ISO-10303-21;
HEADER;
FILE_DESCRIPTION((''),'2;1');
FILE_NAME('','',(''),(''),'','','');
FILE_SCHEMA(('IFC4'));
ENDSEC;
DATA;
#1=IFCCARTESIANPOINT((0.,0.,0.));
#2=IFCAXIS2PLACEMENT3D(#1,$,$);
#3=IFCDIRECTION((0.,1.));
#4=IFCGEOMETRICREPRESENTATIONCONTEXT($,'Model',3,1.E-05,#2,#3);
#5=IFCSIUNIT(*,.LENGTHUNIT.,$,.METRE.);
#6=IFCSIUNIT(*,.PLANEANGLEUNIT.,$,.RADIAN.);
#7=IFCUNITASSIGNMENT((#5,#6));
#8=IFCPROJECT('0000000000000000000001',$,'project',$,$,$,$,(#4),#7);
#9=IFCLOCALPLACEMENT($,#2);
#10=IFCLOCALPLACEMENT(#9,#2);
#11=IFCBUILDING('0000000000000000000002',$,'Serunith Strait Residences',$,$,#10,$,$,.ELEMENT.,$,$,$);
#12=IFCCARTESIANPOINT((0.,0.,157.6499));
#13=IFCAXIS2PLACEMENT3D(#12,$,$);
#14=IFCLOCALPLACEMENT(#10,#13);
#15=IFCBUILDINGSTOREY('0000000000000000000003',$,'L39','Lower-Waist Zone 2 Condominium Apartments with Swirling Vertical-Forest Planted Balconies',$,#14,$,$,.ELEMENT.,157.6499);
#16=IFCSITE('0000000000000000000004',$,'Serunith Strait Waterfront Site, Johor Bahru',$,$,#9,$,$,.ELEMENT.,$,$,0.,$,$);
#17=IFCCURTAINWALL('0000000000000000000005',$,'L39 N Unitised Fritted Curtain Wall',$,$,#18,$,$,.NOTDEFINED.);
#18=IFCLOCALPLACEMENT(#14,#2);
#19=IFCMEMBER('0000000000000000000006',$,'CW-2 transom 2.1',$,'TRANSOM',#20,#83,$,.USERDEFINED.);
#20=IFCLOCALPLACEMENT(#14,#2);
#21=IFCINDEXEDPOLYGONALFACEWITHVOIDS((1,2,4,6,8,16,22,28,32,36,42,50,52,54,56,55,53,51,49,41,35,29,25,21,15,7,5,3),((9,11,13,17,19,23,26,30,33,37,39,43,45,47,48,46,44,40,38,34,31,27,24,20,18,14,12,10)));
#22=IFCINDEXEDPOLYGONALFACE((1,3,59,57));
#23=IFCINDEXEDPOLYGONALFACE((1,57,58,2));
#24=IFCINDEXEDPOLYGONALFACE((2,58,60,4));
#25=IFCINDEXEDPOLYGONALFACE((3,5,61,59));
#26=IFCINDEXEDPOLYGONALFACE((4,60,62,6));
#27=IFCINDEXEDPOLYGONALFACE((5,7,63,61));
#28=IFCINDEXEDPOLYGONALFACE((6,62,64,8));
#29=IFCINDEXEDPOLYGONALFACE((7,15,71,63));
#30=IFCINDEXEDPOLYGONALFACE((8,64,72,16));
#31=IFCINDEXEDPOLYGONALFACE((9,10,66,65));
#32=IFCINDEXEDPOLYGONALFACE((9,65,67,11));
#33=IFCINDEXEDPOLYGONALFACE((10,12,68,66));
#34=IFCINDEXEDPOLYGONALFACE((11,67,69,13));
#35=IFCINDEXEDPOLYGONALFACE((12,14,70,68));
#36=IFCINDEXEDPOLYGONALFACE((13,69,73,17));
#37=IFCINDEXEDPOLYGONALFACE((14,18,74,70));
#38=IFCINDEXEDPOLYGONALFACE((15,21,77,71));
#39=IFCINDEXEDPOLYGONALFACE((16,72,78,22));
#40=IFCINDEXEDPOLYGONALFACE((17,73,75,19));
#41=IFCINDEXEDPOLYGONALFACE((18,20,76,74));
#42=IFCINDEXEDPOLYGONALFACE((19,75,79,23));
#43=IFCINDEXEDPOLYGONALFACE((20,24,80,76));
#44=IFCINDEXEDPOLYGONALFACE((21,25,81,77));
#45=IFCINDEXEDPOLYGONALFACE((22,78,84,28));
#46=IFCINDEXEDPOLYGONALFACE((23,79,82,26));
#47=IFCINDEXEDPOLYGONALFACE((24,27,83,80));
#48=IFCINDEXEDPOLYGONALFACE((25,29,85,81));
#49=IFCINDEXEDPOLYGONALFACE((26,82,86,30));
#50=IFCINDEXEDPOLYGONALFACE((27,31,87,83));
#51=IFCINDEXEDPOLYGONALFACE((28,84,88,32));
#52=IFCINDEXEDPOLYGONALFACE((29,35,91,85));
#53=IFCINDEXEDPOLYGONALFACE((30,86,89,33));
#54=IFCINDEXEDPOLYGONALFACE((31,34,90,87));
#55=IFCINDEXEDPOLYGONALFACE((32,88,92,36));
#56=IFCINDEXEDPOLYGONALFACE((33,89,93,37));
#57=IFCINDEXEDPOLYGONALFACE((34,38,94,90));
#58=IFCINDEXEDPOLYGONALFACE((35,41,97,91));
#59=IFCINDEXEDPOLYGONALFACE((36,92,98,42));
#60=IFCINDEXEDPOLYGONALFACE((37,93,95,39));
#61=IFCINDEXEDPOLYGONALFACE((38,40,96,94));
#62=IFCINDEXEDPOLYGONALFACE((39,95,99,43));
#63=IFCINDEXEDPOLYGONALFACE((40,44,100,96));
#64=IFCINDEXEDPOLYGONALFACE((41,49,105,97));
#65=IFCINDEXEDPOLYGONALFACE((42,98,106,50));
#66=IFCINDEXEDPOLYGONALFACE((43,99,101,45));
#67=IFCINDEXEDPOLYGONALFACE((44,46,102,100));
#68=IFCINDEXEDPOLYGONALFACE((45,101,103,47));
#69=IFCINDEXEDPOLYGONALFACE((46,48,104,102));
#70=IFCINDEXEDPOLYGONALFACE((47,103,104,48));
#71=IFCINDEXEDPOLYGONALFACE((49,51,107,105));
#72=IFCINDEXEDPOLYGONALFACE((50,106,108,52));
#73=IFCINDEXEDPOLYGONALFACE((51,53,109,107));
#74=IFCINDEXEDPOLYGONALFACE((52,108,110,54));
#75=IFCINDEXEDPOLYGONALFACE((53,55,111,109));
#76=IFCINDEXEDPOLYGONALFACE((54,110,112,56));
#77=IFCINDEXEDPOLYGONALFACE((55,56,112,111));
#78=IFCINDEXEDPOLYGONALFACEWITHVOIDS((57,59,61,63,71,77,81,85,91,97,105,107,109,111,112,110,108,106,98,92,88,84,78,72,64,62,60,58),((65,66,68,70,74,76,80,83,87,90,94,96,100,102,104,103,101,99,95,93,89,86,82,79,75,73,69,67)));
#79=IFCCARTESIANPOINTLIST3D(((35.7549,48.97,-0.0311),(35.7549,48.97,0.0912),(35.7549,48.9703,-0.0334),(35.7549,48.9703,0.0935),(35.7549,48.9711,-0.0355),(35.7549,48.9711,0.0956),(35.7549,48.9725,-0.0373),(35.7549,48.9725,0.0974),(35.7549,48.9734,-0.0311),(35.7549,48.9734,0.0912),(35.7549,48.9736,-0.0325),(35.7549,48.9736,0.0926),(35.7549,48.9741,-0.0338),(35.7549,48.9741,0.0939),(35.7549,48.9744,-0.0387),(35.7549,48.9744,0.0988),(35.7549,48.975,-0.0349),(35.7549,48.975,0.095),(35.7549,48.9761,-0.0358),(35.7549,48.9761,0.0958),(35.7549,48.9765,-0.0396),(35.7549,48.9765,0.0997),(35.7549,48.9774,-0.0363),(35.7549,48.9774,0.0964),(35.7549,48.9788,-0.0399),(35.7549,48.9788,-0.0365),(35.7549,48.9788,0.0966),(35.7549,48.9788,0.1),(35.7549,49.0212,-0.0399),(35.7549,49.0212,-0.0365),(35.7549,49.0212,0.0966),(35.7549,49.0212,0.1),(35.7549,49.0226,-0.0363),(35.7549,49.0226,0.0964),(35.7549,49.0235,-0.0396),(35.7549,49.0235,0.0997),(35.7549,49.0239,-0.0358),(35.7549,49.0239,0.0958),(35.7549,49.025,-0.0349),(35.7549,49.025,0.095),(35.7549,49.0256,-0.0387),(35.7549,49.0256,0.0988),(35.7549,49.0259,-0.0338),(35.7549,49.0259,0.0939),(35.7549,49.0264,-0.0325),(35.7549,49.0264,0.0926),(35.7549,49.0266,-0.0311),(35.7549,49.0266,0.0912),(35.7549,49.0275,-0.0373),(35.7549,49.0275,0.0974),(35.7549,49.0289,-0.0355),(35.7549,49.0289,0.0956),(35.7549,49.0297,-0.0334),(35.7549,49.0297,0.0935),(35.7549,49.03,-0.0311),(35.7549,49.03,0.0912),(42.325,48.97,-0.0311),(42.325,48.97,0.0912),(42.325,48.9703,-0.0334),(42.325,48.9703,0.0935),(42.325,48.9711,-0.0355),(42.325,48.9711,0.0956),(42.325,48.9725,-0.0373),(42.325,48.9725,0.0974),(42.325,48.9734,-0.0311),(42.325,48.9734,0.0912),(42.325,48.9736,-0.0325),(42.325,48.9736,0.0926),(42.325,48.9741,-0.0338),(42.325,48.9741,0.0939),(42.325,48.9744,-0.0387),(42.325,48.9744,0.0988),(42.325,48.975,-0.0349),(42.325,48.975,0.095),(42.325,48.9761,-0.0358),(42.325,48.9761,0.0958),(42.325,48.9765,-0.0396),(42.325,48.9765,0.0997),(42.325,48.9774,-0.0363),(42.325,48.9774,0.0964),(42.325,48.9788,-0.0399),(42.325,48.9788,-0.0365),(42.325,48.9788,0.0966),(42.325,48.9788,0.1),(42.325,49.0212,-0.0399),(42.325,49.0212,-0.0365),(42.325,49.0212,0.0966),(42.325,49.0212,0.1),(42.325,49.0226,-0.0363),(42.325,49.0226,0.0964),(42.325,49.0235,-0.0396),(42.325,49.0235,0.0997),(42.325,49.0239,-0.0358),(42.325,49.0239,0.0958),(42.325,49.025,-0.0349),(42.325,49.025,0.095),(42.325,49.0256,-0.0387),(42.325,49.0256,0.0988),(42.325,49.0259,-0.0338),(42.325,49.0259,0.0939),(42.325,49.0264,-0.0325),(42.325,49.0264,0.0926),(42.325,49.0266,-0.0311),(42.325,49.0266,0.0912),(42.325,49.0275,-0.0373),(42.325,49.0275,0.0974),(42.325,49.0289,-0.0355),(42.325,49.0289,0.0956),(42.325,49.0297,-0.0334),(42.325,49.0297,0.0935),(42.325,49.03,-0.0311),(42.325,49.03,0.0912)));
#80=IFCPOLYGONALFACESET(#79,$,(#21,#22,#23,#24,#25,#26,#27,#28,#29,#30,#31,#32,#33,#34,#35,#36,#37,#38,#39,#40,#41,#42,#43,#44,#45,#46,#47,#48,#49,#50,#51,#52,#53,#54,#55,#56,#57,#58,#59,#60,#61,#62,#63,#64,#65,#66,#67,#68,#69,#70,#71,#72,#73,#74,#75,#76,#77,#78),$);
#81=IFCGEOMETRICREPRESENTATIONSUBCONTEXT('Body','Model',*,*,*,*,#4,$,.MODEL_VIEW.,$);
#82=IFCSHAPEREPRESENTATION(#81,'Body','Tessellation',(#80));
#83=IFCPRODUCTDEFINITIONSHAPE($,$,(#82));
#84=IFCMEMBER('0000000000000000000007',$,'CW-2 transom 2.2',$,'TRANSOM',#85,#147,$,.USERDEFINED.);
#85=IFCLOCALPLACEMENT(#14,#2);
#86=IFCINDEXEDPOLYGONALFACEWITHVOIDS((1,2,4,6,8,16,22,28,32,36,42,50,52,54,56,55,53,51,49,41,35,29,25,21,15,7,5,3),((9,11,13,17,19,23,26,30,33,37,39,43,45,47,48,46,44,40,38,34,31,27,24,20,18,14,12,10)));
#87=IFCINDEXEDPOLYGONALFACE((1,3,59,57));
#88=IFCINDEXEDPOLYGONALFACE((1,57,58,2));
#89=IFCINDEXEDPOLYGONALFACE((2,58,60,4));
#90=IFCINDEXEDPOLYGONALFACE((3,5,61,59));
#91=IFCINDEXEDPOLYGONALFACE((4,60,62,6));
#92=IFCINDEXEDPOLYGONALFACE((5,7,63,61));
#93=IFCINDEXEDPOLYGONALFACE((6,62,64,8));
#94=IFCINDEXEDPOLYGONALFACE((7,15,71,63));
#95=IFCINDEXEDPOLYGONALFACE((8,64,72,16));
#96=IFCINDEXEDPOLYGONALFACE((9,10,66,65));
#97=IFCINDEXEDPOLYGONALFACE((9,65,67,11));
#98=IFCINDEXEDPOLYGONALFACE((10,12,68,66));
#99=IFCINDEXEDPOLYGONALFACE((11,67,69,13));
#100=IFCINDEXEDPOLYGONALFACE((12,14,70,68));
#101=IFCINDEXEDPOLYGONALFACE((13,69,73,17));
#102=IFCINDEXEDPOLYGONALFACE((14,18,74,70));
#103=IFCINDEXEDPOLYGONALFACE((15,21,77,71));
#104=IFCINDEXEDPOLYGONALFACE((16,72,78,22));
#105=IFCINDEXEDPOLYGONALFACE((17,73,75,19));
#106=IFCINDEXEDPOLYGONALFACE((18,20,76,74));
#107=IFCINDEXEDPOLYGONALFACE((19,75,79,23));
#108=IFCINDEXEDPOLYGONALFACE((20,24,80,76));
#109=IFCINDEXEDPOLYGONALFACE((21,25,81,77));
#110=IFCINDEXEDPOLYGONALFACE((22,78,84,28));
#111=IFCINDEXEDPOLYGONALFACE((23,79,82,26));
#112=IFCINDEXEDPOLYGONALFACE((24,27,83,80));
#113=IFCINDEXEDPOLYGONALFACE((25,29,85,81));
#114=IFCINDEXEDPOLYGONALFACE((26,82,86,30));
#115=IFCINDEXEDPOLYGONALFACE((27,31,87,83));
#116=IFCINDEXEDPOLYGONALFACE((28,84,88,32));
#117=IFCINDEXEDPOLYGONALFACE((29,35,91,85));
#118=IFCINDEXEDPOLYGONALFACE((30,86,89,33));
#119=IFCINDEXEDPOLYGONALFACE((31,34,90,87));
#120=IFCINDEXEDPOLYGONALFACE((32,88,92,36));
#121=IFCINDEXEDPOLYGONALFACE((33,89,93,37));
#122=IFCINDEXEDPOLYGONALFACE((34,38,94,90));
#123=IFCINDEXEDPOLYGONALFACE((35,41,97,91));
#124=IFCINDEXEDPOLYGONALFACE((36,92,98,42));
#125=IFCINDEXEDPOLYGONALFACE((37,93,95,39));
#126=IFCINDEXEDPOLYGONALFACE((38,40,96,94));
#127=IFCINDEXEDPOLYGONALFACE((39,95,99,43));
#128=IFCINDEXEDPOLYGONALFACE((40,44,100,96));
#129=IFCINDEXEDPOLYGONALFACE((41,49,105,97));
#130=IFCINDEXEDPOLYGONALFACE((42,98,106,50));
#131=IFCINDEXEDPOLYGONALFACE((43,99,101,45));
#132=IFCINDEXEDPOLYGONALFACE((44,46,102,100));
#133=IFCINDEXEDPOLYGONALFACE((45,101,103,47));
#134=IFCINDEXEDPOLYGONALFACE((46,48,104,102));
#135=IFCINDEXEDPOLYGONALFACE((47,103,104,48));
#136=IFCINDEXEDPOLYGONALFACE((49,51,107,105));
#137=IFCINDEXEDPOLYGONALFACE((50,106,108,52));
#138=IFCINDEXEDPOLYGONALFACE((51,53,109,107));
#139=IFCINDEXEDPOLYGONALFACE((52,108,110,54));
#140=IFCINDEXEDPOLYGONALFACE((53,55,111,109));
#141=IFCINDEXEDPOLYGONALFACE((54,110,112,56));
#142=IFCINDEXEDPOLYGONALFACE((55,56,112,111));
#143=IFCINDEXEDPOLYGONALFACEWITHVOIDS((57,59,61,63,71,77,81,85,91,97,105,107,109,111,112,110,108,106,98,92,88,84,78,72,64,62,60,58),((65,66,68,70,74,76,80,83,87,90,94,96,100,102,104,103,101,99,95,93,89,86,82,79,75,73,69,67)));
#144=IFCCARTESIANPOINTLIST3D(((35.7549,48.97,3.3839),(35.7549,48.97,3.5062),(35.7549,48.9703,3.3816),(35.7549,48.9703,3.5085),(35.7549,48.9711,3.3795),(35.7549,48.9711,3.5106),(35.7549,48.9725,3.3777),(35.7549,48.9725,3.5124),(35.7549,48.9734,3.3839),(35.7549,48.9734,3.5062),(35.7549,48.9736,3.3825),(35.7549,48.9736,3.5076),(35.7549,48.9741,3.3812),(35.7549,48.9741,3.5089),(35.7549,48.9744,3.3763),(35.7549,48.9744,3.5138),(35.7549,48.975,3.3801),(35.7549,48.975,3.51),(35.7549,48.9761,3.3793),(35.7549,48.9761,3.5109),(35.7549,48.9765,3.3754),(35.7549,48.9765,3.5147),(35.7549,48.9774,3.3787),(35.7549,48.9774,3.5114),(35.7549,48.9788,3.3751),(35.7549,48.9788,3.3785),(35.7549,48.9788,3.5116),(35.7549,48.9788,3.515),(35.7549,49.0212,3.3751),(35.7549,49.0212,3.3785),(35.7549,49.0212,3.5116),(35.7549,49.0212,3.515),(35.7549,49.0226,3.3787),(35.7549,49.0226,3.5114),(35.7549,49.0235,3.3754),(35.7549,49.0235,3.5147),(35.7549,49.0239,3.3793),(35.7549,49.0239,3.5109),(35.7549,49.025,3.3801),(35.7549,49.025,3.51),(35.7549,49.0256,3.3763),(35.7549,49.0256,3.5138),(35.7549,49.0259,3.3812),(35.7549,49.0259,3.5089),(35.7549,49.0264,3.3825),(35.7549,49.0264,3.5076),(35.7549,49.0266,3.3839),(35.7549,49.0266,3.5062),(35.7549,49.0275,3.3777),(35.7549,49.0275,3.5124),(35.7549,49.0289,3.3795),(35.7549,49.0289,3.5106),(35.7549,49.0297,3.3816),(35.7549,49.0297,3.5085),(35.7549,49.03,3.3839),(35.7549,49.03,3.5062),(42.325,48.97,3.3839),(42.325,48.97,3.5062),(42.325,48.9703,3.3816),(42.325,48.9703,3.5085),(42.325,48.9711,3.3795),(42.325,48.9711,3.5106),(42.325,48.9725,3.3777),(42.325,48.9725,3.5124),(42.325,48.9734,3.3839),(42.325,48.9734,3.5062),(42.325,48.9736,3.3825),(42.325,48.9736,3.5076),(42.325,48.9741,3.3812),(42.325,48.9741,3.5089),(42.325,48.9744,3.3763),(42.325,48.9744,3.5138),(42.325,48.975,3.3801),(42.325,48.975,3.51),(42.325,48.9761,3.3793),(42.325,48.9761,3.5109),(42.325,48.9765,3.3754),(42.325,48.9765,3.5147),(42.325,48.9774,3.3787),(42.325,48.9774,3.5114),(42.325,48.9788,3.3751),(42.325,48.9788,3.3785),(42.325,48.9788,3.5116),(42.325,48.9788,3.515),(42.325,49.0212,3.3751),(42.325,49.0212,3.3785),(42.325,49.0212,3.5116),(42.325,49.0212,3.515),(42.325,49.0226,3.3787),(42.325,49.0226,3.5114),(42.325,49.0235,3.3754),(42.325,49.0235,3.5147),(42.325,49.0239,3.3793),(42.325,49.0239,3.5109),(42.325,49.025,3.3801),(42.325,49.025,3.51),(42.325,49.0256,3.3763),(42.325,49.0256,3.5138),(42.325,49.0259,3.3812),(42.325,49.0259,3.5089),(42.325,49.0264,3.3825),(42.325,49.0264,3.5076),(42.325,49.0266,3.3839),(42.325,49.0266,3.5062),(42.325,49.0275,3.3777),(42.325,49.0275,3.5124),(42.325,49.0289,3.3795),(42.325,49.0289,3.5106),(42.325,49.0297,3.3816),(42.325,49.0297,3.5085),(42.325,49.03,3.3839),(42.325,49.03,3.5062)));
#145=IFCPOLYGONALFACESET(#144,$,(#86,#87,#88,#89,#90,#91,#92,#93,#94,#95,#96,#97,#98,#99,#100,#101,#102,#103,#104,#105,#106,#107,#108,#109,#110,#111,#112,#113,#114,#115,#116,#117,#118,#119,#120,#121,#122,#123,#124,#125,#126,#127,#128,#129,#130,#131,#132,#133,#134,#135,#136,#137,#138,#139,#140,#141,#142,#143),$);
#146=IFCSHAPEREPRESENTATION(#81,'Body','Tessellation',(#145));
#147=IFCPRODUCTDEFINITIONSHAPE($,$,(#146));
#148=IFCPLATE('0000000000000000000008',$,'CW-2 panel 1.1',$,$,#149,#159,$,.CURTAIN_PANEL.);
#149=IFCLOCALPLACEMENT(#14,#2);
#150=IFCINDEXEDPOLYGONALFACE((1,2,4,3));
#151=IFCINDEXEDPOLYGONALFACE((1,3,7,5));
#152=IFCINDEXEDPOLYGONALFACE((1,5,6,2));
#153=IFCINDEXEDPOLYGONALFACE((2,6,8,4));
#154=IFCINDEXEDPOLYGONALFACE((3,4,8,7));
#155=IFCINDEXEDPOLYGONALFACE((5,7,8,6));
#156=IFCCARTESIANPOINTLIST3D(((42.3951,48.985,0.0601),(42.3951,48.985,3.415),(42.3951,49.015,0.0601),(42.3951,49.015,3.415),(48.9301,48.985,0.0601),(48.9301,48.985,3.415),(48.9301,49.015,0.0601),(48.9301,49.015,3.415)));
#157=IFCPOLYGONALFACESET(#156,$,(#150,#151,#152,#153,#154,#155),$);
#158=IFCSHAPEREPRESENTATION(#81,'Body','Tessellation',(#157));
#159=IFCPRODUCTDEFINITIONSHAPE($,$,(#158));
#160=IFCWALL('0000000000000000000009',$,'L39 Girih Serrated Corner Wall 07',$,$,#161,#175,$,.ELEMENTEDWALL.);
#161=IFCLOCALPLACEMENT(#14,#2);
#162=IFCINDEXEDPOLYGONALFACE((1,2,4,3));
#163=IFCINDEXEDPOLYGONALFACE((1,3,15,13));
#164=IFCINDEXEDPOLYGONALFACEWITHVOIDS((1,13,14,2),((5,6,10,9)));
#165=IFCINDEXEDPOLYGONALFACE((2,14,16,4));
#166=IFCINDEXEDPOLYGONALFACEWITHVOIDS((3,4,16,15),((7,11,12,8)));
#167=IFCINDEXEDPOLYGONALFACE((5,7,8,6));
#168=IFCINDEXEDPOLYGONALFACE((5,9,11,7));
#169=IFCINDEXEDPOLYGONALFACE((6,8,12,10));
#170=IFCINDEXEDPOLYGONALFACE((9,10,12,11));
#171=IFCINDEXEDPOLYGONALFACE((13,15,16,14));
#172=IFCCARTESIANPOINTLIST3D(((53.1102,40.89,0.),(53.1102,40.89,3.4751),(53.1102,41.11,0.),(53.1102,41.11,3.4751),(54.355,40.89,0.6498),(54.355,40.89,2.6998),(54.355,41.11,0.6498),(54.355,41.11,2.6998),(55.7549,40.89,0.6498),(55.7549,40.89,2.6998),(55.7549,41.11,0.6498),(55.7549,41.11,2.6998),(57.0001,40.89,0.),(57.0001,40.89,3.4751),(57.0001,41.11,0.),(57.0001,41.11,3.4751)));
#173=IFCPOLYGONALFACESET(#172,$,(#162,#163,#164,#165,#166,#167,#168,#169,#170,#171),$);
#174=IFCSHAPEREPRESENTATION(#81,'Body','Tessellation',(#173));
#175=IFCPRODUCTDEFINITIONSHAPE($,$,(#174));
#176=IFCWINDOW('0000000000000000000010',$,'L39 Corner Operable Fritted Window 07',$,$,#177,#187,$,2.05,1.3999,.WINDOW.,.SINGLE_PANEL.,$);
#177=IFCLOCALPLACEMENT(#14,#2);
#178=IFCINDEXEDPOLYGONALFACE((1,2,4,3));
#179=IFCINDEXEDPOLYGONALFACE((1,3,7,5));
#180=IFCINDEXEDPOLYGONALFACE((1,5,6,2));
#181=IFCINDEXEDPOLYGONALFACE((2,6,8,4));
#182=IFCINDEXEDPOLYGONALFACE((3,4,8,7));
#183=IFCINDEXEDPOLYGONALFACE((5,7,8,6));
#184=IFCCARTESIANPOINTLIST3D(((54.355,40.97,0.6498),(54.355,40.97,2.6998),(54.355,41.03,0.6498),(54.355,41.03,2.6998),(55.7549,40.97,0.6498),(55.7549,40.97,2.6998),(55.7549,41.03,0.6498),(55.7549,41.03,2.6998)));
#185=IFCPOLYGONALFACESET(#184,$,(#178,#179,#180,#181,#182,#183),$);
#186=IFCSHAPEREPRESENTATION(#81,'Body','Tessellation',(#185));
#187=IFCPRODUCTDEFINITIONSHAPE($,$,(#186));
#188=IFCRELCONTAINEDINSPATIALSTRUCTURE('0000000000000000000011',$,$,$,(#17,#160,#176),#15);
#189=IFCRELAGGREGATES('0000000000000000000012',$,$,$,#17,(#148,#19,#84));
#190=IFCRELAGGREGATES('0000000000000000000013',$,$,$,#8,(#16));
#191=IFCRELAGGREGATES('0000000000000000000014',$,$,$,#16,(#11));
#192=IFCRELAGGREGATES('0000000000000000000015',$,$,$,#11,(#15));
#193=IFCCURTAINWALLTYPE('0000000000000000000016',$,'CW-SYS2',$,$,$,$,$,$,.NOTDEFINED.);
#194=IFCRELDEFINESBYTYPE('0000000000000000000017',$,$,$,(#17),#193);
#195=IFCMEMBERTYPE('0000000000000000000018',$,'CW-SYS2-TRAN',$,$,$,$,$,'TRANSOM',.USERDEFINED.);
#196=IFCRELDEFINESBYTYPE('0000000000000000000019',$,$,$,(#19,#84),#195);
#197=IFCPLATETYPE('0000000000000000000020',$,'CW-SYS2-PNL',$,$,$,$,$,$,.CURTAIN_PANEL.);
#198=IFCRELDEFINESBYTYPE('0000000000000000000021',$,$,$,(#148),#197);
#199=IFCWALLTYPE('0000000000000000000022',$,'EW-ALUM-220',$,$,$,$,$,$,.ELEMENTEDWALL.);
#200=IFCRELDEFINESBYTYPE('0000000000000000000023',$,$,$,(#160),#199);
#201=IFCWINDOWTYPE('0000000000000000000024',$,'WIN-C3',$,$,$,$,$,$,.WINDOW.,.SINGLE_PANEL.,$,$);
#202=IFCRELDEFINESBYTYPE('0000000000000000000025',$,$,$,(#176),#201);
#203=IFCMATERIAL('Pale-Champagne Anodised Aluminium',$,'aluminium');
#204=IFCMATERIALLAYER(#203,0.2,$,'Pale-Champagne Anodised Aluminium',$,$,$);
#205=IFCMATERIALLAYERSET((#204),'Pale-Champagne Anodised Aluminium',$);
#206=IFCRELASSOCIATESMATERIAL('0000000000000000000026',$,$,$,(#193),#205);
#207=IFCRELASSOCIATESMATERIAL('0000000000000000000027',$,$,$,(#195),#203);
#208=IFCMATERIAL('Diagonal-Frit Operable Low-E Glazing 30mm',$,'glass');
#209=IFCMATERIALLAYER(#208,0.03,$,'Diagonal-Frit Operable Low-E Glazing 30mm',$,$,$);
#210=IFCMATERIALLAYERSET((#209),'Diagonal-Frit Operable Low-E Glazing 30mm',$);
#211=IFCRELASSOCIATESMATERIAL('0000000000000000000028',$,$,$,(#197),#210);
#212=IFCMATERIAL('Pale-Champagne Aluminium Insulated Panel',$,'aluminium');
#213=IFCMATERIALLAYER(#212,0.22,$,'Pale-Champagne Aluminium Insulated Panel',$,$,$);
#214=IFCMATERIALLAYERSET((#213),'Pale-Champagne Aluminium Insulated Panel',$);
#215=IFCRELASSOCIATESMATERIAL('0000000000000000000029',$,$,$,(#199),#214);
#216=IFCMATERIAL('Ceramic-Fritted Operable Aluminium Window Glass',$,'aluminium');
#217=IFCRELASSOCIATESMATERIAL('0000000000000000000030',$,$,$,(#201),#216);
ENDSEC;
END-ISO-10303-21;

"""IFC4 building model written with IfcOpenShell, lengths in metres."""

from ifc_helpers import new_model, si_unit, direction, frame, frame_2d, origin, origin_2d, place, context, subcontext, project, spatial, rectangle, hollow_rectangle, extrude, source, transform, mapped, material, layer, layer_set, material_profile, profile_set, type_object, element, fill, aggregate, save


model = new_model("IFC4")

# Units and contexts
model_context = context("Model", 3, precision=1e-05, world=origin(), true_north=direction((0.0, 1.0)))
body_context = subcontext(model_context, "Body", "Model", "MODEL_VIEW")
ifc_project = project(units=[si_unit("LENGTHUNIT", "METRE"), si_unit("PLANEANGLEUNIT", "RADIAN")], contexts=[model_context])

# Site, building, storey
site_placement = place(None, origin())
site = spatial("IfcSite", under=ifc_project, at=site_placement, Name="Serunith Strait Waterfront Site, Johor Bahru", CompositionType="ELEMENT", RefElevation=0.0)
building_placement = place(site_placement, origin())
building = spatial("IfcBuilding", under=site, at=building_placement, Name="Serunith Strait Residences", CompositionType="ELEMENT")
storey_placement = place(building_placement, frame((0.0, 0.0, 157.6499)))
storey = spatial("IfcBuildingStorey", under=building, at=storey_placement, Name="L39", Description="Lower-Waist Zone 2 Condominium Apartments with Swirling Vertical-Forest Planted Balconies", CompositionType="ELEMENT", Elevation=157.6499)

# Shared definitions
ifc_material_1 = material(Name="Pale-Champagne Anodised Aluminium", Category="aluminium")
ifc_layer_1 = layer(ifc_material_1, 0.2, Name="Pale-Champagne Anodised Aluminium")
ifc_layer_set_1 = layer_set([ifc_layer_1], Name="Pale-Champagne Anodised Aluminium")
curtain_wall_type = type_object("IfcCurtainWallType", Name="CW-SYS2", PredefinedType="NOTDEFINED", material=ifc_layer_set_1)

# Curtain wall, members, plate
curtain_wall_1_placement = place(storey_placement, origin())
curtain_wall_1 = element("IfcCurtainWall", 1, at=curtain_wall_1_placement, inside=storey, type_object=curtain_wall_type, Name="L39 N Unitised Fritted Curtain Wall", PredefinedType="NOTDEFINED")
ifc_material_profile_1 = material_profile(ifc_material_1, hollow_rectangle(XDim=0.0601, YDim=0.1399, WallThickness=0.0034, InnerFilletRadius=0.0054, OuterFilletRadius=0.0088, at=origin_2d()), Name="ALU 140x60x3.5")
ifc_profile_set_1 = profile_set([ifc_material_profile_1], Name="Pale-Champagne Anodised Aluminium")
member_type_1 = type_object("IfcMemberType", Name="CW-SYS2-TRAN", ElementType="TRANSOM", PredefinedType="USERDEFINED", material=ifc_profile_set_1)
shared_shape_1 = source(origin(), body_context, "Body", "SweptSolid", [
    extrude(hollow_rectangle(XDim=0.0601, YDim=0.1399, WallThickness=0.0034, InnerFilletRadius=0.0054, OuterFilletRadius=0.0088, at=origin_2d()), origin(), (0.0, 0.0, 1.0), 6.5701),
])
member_1_placement = place(storey_placement, frame((42.325, 49.0, 0.03), z_axis=(-1.0, 0.0, 0.0), x_axis=(0.0, -1.0, 0.0)))
member_1 = element("IfcMember", 2, at=member_1_placement, type_object=member_type_1, Name="CW-2 transom 2.1", ObjectType="TRANSOM", PredefinedType="USERDEFINED", context=body_context, shape_type="MappedRepresentation", body=[
    mapped(shared_shape_1, transform((0.0, 0.0, 0.0), scale=1.0)),
])
member_2_placement = place(storey_placement, frame((42.325, 49.0, 3.4451), z_axis=(-1.0, 0.0, 0.0), x_axis=(0.0, -1.0, 0.0)))
member_2 = element("IfcMember", 3, at=member_2_placement, type_object=member_type_1, Name="CW-2 transom 2.2", ObjectType="TRANSOM", PredefinedType="USERDEFINED", context=body_context, shape_type="MappedRepresentation", body=[
    mapped(shared_shape_1, transform((0.0, 0.0, 0.0), scale=1.0)),
])
ifc_material_2 = material(Name="Diagonal-Frit Operable Low-E Glazing 30mm", Category="glass")
ifc_layer_2 = layer(ifc_material_2, 0.03, Name="Diagonal-Frit Operable Low-E Glazing 30mm")
ifc_layer_set_2 = layer_set([ifc_layer_2], Name="Diagonal-Frit Operable Low-E Glazing 30mm")
plate_type = type_object("IfcPlateType", Name="CW-SYS2-PNL", PredefinedType="CURTAIN_PANEL", material=ifc_layer_set_2)
shared_shape_2 = source(origin(), body_context, "Body", "SweptSolid", [
    extrude(rectangle(XDim=6.5349, YDim=0.03, at=origin_2d()), origin(), (0.0, 0.0, 1.0), 3.355),
])
plate_placement = place(storey_placement, frame((45.6626, 49.0, 0.0601), z_axis=(0.0, 0.0, 1.0), x_axis=(-1.0, 0.0, 0.0)))
plate = element("IfcPlate", 4, at=plate_placement, type_object=plate_type, Name="CW-2 panel 1.1", PredefinedType="CURTAIN_PANEL", context=body_context, shape_type="MappedRepresentation", body=[
    mapped(shared_shape_2, transform((0.0, 0.0, 0.0), scale=1.0)),
])
aggregate(curtain_wall_1, [plate, member_1, member_2])

# Wall, opening, window
ifc_material_3 = material(Name="Pale-Champagne Aluminium Insulated Panel", Category="aluminium")
ifc_layer_3 = layer(ifc_material_3, 0.22, Name="Pale-Champagne Aluminium Insulated Panel")
ifc_layer_set_3 = layer_set([ifc_layer_3], Name="Pale-Champagne Aluminium Insulated Panel")
wall_type_1 = type_object("IfcWallType", Name="EW-ALUM-220", PredefinedType="ELEMENTEDWALL", material=ifc_layer_set_3)
wall_1_placement = place(storey_placement, frame((57.0, 41.0, 0.0), z_axis=(0.0, 0.0, 1.0), x_axis=(-1.0, 0.0, 0.0)))
wall_1 = element("IfcWall", 5, at=wall_1_placement, inside=storey, type_object=wall_type_1, Name="L39 Girih Serrated Corner Wall 07", PredefinedType="ELEMENTEDWALL", context=body_context, shape_type="SweptSolid", body=[
    extrude(rectangle(XDim=3.8899, YDim=0.22, at=frame_2d((1.9448, 0.0))), origin(), (0.0, 0.0, 1.0), 3.4751),
])
opening_1_placement = place(wall_1_placement, frame((1.2451, 0.0, 0.6499)))
opening_1 = element("IfcOpeningElement", 6, at=opening_1_placement, cuts=wall_1, PredefinedType="OPENING", context=body_context, shape_type="SweptSolid", body=[
    extrude(rectangle(XDim=1.3999, YDim=2.05, at=frame_2d((0.7, 1.0249))), frame((0.0, 0.1201, 0.0), z_axis=(0.0, -1.0, 0.0), x_axis=(1.0, 0.0, 0.0)), (0.0, 0.0, 1.0), 0.24),
])
ifc_material_4 = material(Name="Ceramic-Fritted Operable Aluminium Window Glass", Category="aluminium")
window_type = type_object("IfcWindowType", Name="WIN-C3", PartitioningType="SINGLE_PANEL", PredefinedType="WINDOW", material=ifc_material_4)
shared_shape_3 = source(origin(), body_context, "Body", "SweptSolid", [
    extrude(rectangle(XDim=1.3999, YDim=2.05, at=frame_2d((0.7, 1.0249))), frame((0.0, 0.03, 0.0), z_axis=(0.0, -1.0, 0.0), x_axis=(1.0, 0.0, 0.0)), (0.0, 0.0, 1.0), 0.0601),
])
window_1_placement = place(opening_1_placement, origin())
window_1 = element("IfcWindow", 7, at=window_1_placement, inside=storey, type_object=window_type, Name="L39 Corner Operable Fritted Window 07", OverallHeight=2.05, OverallWidth=1.3999, PartitioningType="SINGLE_PANEL", PredefinedType="WINDOW", context=body_context, shape_type="MappedRepresentation", body=[
    mapped(shared_shape_3, transform((0.0, 0.0, 0.0), scale=1.0)),
])
fill(opening_1, window_1)

save(model, "model.ifc")
